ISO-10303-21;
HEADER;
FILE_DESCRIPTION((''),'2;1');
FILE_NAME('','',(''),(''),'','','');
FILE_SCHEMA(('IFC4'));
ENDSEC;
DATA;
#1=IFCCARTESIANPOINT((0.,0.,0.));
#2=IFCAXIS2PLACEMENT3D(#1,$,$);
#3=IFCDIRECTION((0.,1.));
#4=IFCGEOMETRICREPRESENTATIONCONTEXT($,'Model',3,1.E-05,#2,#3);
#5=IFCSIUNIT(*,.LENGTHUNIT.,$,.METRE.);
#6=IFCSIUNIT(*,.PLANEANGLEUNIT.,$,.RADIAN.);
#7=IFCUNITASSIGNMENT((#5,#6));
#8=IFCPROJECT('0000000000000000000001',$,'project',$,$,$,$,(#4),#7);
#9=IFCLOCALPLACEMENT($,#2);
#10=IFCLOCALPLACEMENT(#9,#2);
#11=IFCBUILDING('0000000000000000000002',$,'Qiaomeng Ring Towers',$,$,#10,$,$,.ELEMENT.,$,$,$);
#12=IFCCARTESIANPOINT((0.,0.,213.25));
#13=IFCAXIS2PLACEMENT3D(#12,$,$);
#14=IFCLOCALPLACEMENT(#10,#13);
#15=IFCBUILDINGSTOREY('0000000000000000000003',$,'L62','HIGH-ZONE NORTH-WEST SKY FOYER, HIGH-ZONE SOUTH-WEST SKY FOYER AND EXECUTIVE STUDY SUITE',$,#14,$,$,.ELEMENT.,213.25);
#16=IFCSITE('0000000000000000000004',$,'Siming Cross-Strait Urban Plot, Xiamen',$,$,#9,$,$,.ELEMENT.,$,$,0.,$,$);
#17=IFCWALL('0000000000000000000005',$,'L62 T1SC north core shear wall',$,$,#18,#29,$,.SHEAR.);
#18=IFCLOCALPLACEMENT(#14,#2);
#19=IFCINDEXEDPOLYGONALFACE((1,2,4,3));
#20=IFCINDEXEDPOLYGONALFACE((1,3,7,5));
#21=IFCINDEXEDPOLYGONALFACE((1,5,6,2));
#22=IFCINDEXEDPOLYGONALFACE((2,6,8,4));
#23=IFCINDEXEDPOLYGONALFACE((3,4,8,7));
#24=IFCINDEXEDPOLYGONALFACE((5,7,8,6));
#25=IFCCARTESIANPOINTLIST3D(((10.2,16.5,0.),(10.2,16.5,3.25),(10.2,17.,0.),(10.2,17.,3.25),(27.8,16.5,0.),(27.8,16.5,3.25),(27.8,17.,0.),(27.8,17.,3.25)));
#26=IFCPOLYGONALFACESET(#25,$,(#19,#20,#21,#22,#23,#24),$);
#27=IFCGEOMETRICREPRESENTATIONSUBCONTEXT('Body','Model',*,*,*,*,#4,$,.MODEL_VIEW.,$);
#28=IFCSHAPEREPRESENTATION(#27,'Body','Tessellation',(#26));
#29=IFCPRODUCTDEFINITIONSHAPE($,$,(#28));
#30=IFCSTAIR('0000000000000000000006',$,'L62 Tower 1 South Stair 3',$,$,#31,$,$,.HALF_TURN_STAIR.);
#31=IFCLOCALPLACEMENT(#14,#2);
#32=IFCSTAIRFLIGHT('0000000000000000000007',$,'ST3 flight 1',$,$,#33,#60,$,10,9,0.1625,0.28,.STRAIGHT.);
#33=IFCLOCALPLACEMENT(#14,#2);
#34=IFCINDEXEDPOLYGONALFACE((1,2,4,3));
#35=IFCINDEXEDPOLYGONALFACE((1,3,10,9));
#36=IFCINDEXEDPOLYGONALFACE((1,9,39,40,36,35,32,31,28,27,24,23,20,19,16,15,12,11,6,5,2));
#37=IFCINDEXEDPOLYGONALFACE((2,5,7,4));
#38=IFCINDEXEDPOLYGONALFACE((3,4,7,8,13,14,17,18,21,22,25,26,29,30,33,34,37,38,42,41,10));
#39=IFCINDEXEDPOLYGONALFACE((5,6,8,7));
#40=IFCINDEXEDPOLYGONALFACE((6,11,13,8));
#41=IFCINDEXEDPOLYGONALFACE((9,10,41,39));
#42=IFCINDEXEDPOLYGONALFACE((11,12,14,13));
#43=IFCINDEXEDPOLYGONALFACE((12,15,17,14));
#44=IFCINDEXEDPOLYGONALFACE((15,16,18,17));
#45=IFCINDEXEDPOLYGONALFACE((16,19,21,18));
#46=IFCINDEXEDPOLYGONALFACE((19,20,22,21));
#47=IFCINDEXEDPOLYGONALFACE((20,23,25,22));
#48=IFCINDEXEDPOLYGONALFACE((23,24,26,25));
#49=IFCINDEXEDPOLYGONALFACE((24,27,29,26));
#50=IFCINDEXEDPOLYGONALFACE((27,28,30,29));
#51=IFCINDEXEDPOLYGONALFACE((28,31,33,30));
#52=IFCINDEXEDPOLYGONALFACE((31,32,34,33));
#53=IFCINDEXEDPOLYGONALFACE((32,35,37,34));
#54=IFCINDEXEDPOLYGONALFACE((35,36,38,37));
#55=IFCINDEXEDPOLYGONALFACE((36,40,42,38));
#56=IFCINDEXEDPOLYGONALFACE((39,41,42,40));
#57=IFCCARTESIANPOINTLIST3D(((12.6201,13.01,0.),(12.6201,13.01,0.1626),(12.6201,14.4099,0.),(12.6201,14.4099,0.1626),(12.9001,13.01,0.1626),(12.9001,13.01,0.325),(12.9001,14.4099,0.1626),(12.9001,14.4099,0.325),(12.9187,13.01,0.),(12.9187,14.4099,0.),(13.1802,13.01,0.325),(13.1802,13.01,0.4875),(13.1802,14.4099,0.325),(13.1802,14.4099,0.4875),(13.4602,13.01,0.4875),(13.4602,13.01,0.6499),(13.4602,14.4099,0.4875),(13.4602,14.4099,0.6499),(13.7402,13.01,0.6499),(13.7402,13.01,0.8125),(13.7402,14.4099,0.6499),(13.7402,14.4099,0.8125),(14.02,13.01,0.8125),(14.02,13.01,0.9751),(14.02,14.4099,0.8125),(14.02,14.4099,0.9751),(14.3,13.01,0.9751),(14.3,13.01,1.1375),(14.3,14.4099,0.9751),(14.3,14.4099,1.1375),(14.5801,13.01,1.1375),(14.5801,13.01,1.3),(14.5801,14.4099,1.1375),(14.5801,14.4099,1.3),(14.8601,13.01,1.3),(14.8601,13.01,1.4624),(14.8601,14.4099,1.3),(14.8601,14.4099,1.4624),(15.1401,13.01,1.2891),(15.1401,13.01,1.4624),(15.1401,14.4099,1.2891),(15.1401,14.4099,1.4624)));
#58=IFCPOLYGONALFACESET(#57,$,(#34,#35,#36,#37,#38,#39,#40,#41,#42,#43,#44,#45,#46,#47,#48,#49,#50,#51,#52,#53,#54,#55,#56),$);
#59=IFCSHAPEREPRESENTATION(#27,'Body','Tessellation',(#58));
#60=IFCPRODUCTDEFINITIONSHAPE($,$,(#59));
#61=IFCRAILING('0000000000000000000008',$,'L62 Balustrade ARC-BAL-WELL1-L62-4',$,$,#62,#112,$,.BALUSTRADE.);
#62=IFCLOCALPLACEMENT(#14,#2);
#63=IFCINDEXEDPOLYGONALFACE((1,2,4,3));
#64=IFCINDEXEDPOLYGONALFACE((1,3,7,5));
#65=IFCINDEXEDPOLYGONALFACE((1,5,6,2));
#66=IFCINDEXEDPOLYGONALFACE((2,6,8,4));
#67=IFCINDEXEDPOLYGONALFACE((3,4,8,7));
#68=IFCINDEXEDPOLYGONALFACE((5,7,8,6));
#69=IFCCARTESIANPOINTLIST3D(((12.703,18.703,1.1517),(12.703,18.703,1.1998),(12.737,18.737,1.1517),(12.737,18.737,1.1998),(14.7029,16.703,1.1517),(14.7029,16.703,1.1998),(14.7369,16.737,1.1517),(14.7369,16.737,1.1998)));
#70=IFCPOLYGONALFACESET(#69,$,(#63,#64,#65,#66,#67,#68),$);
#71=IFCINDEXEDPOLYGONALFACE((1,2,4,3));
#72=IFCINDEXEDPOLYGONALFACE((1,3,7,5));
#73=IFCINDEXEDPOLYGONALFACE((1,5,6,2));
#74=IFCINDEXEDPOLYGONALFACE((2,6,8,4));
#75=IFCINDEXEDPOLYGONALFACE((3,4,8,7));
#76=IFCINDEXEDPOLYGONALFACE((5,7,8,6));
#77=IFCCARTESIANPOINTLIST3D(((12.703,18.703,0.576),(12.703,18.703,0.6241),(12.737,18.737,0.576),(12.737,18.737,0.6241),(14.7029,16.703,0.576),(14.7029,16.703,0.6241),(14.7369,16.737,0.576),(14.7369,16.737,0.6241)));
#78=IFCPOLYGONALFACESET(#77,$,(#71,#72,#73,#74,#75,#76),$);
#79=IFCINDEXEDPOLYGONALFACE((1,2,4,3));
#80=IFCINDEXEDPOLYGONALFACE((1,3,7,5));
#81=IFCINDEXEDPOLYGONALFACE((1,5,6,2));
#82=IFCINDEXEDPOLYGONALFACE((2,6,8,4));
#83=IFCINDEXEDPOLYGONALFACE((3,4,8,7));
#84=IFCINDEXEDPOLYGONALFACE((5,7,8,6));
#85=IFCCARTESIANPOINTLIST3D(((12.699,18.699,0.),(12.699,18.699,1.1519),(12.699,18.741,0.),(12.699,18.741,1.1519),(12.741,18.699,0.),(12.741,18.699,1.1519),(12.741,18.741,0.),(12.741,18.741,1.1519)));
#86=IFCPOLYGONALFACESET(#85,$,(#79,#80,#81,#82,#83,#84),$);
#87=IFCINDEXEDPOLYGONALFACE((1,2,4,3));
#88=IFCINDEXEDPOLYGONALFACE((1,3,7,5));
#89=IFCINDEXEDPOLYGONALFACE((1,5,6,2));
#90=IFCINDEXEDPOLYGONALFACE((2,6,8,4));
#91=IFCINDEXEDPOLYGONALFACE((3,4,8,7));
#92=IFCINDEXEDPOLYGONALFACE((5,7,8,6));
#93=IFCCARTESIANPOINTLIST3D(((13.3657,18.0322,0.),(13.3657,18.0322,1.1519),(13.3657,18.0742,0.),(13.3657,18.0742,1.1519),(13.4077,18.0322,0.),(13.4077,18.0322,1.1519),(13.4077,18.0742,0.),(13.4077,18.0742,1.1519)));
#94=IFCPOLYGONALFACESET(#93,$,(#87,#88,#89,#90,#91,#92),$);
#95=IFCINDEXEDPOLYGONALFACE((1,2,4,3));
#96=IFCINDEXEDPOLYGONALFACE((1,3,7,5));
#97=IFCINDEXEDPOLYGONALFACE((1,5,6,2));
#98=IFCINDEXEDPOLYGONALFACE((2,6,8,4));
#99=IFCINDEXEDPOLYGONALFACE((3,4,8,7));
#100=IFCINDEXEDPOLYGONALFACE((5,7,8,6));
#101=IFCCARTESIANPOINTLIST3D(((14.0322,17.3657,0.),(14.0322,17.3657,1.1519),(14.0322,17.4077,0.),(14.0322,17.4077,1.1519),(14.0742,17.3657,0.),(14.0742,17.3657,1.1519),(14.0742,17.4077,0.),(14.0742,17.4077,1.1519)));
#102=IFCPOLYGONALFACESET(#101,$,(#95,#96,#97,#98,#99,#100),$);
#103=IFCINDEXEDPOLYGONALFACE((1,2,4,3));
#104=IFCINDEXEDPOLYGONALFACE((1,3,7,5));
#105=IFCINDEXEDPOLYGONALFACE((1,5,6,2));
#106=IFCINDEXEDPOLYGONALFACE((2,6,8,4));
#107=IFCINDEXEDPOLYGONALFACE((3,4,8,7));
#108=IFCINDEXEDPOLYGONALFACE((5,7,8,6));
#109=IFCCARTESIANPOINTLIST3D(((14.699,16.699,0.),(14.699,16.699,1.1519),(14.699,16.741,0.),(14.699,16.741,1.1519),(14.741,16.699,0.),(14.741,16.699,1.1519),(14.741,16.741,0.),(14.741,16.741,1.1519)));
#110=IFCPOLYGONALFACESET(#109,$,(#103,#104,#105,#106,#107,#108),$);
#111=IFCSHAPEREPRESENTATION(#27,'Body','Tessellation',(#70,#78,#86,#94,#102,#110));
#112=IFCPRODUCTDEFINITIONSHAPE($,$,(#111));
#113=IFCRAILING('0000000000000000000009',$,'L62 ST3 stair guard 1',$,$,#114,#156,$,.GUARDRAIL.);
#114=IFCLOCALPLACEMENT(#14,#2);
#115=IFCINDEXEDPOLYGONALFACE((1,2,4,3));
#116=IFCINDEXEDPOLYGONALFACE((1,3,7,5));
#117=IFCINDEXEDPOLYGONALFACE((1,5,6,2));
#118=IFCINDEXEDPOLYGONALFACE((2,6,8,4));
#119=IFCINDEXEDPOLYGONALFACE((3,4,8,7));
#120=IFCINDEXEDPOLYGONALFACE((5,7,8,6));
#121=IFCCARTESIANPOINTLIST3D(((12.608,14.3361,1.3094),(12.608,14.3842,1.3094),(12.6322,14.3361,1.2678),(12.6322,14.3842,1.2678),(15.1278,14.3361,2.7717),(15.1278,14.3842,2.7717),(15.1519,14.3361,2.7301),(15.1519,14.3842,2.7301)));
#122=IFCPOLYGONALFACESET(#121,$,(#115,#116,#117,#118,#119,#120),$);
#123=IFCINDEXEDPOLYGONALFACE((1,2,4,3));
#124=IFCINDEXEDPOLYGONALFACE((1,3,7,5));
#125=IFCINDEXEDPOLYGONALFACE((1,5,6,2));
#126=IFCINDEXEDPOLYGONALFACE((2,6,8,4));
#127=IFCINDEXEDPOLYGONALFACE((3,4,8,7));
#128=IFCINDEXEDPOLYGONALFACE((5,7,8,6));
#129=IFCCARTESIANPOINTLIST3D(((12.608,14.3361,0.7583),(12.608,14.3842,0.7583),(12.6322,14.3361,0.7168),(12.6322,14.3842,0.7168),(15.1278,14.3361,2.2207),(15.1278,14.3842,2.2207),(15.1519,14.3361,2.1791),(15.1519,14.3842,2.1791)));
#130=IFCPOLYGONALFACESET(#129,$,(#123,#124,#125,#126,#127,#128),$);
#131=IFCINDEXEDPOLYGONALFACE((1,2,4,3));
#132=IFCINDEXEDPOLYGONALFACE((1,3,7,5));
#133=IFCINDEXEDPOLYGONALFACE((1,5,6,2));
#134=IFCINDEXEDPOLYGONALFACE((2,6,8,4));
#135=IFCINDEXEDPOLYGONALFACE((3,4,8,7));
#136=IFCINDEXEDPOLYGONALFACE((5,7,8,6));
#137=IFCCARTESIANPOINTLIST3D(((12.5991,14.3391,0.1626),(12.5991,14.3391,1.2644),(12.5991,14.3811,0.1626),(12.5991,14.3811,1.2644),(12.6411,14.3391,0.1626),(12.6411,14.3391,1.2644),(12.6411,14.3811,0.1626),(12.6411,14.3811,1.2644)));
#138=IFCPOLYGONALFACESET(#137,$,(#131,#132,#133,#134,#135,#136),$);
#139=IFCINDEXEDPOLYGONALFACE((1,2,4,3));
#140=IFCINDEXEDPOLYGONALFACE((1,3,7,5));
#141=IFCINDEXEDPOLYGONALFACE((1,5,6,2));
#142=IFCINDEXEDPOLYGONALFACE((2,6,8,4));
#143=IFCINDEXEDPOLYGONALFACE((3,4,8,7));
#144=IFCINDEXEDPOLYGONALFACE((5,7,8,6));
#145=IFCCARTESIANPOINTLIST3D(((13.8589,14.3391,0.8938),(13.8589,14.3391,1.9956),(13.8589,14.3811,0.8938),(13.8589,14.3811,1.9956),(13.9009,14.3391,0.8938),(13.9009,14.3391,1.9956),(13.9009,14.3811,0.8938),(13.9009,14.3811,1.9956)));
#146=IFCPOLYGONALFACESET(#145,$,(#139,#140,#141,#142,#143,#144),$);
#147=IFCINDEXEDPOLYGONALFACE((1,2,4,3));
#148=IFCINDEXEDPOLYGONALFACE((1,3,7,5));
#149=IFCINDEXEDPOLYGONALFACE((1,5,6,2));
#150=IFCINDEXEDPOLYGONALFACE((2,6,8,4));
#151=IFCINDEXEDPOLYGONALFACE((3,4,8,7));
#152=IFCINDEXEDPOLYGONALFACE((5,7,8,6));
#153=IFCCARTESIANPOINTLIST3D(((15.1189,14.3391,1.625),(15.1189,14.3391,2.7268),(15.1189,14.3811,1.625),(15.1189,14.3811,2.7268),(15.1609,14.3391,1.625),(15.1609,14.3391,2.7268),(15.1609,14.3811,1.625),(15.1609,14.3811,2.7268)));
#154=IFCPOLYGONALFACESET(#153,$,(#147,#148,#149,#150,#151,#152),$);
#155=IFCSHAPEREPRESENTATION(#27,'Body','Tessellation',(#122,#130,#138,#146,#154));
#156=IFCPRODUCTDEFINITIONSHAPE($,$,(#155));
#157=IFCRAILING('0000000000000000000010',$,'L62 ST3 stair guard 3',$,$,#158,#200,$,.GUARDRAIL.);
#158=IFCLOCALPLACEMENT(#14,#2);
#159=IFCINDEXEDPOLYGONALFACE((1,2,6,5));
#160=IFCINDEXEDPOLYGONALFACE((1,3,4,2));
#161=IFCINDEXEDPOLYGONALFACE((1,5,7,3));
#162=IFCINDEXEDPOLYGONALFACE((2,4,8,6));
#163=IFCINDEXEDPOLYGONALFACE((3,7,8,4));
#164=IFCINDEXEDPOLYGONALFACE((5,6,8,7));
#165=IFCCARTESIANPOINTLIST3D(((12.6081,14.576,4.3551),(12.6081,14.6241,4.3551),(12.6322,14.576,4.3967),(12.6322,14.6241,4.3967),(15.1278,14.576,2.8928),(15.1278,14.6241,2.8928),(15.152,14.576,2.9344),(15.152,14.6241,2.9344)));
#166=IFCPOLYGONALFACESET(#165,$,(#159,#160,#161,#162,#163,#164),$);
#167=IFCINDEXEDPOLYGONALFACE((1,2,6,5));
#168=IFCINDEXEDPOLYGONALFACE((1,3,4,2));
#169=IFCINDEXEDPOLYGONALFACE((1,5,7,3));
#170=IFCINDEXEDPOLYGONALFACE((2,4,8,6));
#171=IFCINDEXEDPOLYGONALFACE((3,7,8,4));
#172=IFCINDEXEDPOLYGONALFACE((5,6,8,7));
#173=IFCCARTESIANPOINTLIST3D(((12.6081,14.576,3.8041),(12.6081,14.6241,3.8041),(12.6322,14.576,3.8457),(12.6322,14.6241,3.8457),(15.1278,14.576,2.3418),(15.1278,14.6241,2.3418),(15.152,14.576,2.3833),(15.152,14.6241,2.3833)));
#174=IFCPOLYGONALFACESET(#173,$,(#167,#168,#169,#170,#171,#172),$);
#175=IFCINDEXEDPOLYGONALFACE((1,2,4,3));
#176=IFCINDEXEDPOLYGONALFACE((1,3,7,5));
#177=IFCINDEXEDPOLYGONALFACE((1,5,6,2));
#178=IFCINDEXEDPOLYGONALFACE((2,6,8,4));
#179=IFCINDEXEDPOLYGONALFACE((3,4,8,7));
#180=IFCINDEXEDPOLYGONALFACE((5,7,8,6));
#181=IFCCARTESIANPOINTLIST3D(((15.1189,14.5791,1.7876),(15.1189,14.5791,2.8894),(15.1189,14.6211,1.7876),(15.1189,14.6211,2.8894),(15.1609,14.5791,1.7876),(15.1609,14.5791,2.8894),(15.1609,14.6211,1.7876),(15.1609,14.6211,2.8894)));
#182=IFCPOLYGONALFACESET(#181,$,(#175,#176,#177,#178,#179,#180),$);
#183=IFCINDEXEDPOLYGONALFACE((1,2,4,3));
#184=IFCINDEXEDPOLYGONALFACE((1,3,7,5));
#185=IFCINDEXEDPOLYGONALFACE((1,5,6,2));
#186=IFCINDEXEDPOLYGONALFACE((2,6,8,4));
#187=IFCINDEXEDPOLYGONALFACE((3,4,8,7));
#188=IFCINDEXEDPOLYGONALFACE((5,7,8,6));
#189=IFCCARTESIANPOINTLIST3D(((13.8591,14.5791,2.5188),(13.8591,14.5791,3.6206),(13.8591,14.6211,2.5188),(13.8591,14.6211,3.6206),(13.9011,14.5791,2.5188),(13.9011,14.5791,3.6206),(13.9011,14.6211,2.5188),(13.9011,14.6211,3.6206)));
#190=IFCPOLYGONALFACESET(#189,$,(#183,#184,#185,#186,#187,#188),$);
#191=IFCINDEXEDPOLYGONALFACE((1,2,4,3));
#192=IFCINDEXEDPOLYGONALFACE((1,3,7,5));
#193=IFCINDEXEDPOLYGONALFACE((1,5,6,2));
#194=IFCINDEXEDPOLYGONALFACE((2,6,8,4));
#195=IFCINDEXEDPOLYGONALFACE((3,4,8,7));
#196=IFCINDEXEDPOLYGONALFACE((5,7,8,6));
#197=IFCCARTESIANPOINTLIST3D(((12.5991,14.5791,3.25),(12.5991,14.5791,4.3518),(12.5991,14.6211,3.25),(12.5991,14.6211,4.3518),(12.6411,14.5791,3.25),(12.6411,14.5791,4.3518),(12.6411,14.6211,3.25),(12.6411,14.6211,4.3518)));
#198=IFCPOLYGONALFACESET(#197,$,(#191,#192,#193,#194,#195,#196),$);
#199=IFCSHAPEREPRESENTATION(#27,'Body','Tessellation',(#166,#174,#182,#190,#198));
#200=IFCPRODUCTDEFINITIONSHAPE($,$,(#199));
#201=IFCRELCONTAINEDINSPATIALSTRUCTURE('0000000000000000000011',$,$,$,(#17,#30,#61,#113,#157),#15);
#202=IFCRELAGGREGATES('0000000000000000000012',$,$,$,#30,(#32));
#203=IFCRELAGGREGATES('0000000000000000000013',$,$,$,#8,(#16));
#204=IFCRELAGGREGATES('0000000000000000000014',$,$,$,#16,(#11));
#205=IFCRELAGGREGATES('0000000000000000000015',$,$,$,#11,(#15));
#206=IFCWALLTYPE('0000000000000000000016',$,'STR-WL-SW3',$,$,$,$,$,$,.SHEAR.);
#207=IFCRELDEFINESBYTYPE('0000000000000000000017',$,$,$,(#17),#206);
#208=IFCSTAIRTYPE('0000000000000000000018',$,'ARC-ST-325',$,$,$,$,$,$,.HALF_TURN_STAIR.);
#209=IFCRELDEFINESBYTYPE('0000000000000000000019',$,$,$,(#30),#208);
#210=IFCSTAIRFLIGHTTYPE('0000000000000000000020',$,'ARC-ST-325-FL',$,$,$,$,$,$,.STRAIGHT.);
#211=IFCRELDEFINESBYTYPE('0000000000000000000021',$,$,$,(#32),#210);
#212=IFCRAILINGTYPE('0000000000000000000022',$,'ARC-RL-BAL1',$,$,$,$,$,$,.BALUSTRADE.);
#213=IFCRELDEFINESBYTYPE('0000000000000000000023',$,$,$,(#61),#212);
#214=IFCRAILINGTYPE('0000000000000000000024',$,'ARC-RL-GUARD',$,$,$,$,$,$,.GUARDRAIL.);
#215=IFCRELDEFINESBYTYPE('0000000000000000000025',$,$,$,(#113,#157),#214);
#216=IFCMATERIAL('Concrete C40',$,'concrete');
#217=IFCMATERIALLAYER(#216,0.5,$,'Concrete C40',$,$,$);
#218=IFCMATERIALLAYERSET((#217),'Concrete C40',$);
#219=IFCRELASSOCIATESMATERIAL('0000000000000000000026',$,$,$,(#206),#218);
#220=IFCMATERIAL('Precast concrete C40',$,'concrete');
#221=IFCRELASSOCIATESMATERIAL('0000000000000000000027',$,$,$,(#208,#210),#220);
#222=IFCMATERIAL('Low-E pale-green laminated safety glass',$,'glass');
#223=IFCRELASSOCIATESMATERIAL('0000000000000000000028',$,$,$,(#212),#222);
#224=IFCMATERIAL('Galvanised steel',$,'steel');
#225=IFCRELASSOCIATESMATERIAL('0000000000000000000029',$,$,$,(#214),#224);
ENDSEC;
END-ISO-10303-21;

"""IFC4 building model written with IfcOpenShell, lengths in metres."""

from ifc_helpers import new_model, si_unit, direction, frame, frame_2d, origin, origin_2d, place, context, subcontext, project, spatial, polyline, rectangle, outline, extrude, source, transform, mapped, material, layer, layer_set, type_object, element, aggregate, save


model = new_model("IFC4")

# Units and contexts
model_context = context("Model", 3, precision=1e-05, world=origin(), true_north=direction((0.0, 1.0)))
body_context = subcontext(model_context, "Body", "Model", "MODEL_VIEW")
ifc_project = project(units=[si_unit("LENGTHUNIT", "METRE"), si_unit("PLANEANGLEUNIT", "RADIAN")], contexts=[model_context])

# Site, building, storey
site_placement = place(None, origin())
site = spatial("IfcSite", under=ifc_project, at=site_placement, Name="Siming Cross-Strait Urban Plot, Xiamen", CompositionType="ELEMENT", RefElevation=0.0)
building_placement = place(site_placement, origin())
building = spatial("IfcBuilding", under=site, at=building_placement, Name="Qiaomeng Ring Towers", CompositionType="ELEMENT")
storey_placement = place(building_placement, frame((0.0, 0.0, 213.25)))
storey = spatial("IfcBuildingStorey", under=building, at=storey_placement, Name="L62", Description="HIGH-ZONE NORTH-WEST SKY FOYER, HIGH-ZONE SOUTH-WEST SKY FOYER AND EXECUTIVE STUDY SUITE", CompositionType="ELEMENT", Elevation=213.25)

# Shared definitions
ifc_material_1 = material(Name="Concrete C40", Category="concrete")

# Shared definitions
ifc_material_2 = material(Name="Galvanised steel", Category="steel")

# Wall
ifc_layer_1 = layer(ifc_material_1, 0.5, Name="Concrete C40")
ifc_layer_set_1 = layer_set([ifc_layer_1], Name="Concrete C40")
wall_type_1 = type_object("IfcWallType", Name="STR-WL-SW3", PredefinedType="SHEAR", material=ifc_layer_set_1)
wall_1_placement = place(storey_placement, frame((10.2, 16.75, 0.0), z_axis=(0.0, 0.0, 1.0), x_axis=(1.0, 0.0, 0.0)))
element("IfcWall", 1, at=wall_1_placement, inside=storey, type_object=wall_type_1, Name="L62 T1SC north core shear wall", PredefinedType="SHEAR", context=body_context, shape_type="SweptSolid", body=[
    extrude(rectangle(XDim=17.6001, YDim=0.5, at=frame_2d((8.8, 0.0))), origin(), (0.0, 0.0, 1.0), 3.25),
])

# Stair, stair flight
ifc_material_3 = material(Name="Precast concrete C40", Category="concrete")
stair_type = type_object("IfcStairType", Name="ARC-ST-325", PredefinedType="HALF_TURN_STAIR", material=ifc_material_3)
stair_placement = place(storey_placement, origin())
stair = element("IfcStair", 2, at=stair_placement, inside=storey, type_object=stair_type, Name="L62 Tower 1 South Stair 3", PredefinedType="HALF_TURN_STAIR")
stair_flight_type = type_object("IfcStairFlightType", Name="ARC-ST-325-FL", PredefinedType="STRAIGHT", material=ifc_material_3)
shared_shape_1 = source(origin(), body_context, "Body", "SweptSolid", [
    extrude(outline(polyline([(0.0, 0.0), (0.0, 0.1626), (0.28, 0.1626), (0.28, 0.325), (0.5601, 0.325), (0.5601, 0.4875), (0.8401, 0.4875), (0.8401, 0.6499), (1.1201, 0.6499), (1.1201, 0.8125), (1.3999, 0.8125), (1.3999, 0.9751), (1.6799, 0.9751), (1.6799, 1.1375), (1.96, 1.1375), (1.96, 1.3), (2.24, 1.3), (2.24, 1.4624), (2.52, 1.4624), (2.52, 1.625), (2.52, 1.2891), (0.2986, 0.0), (0.0, 0.0)])), frame((0.0, 0.7, 0.0), z_axis=(0.0, -1.0, 0.0), x_axis=(1.0, 0.0, 0.0)), (0.0, 0.0, 1.0), 1.3999),
])
stair_flight_placement = place(storey_placement, frame((12.6201, 13.71, 0.0), z_axis=(0.0, 0.0, 1.0), x_axis=(1.0, 0.0, 0.0)))
stair_flight = element("IfcStairFlight", 3, at=stair_flight_placement, type_object=stair_flight_type, Name="ST3 flight 1", NumberOfRisers=10, NumberOfTreads=9, PredefinedType="STRAIGHT", RiserHeight=0.1625, TreadLength=0.28, context=body_context, shape_type="MappedRepresentation", body=[
    mapped(shared_shape_1, transform((0.0, 0.0, 0.0), x_axis=(1.0, 0.0, 0.0), y_axis=(0.0, 1.0, 0.0), z_axis=(0.0, 0.0, 1.0), scale=1.0)),
])
aggregate(stair, [stair_flight])

# Railings
ifc_material_4 = material(Name="Low-E pale-green laminated safety glass", Category="glass")
railing_type_1 = type_object("IfcRailingType", Name="ARC-RL-BAL1", PredefinedType="BALUSTRADE", material=ifc_material_4)
railing_1_placement = place(storey_placement, frame((12.72, 18.72, 0.0)))
element("IfcRailing", 4, at=railing_1_placement, inside=storey, type_object=railing_type_1, Name="L62 Balustrade ARC-BAL-WELL1-L62-4", PredefinedType="BALUSTRADE", context=body_context, shape_type="SweptSolid", body=[
    extrude(rectangle(XDim=0.0481, YDim=0.0481, at=origin_2d()), frame((0.0, 0.0, 1.1758), z_axis=(0.707107, -0.707107, 0.0), x_axis=(0.707107, 0.707107, 0.0)), (0.0, 0.0, 1.0), 2.8284),
    extrude(rectangle(XDim=0.0481, YDim=0.0481, at=origin_2d()), frame((0.0, 0.0, 0.6001), z_axis=(0.707107, -0.707107, 0.0), x_axis=(0.707107, 0.707107, 0.0)), (0.0, 0.0, 1.0), 2.8284),
    extrude(rectangle(XDim=0.042, YDim=0.042, at=origin_2d()), origin(), (0.0, 0.0, 1.0), 1.1519),
    extrude(rectangle(XDim=0.042, YDim=0.042, at=origin_2d()), frame((0.6667, -0.6667, 0.0)), (0.0, 0.0, 1.0), 1.1519),
    extrude(rectangle(XDim=0.042, YDim=0.042, at=origin_2d()), frame((1.3333, -1.3333, 0.0)), (0.0, 0.0, 1.0), 1.1519),
    extrude(rectangle(XDim=0.042, YDim=0.042, at=origin_2d()), frame((2.0, -2.0, 0.0)), (0.0, 0.0, 1.0), 1.1519),
])
railing_type_2 = type_object("IfcRailingType", Name="ARC-RL-GUARD", PredefinedType="GUARDRAIL", material=ifc_material_2)
railing_2_placement = place(storey_placement, frame((12.6201, 14.3601, 0.1626)))
element("IfcRailing", 5, at=railing_2_placement, inside=storey, type_object=railing_type_2, Name="L62 ST3 stair guard 1", PredefinedType="GUARDRAIL", context=body_context, shape_type="SweptSolid", body=[
    extrude(rectangle(XDim=0.0481, YDim=0.0481, at=origin_2d()), frame((0.0, 0.0, 1.126), z_axis=(0.864892, 0.0, 0.501958), x_axis=(0.0, 1.0, 0.0)), (0.0, 0.0, 1.0), 2.9133),
    extrude(rectangle(XDim=0.0481, YDim=0.0481, at=origin_2d()), frame((0.0, 0.0, 0.575), z_axis=(0.864892, 0.0, 0.501958), x_axis=(0.0, 1.0, 0.0)), (0.0, 0.0, 1.0), 2.9133),
    extrude(rectangle(XDim=0.042, YDim=0.042, at=origin_2d()), origin(), (0.0, 0.0, 1.0), 1.1018),
    extrude(rectangle(XDim=0.042, YDim=0.042, at=origin_2d()), frame((1.2598, 0.0, 0.7312)), (0.0, 0.0, 1.0), 1.1018),
    extrude(rectangle(XDim=0.042, YDim=0.042, at=origin_2d()), frame((2.5198, 0.0, 1.4624)), (0.0, 0.0, 1.0), 1.1018),
])
railing_3_placement = place(storey_placement, frame((15.1399, 14.6001, 1.7876)))
element("IfcRailing", 6, at=railing_3_placement, inside=storey, type_object=railing_type_2, Name="L62 ST3 stair guard 3", PredefinedType="GUARDRAIL", context=body_context, shape_type="SweptSolid", body=[
    extrude(rectangle(XDim=0.0481, YDim=0.0481, at=origin_2d()), frame((0.0, 0.0, 1.126), z_axis=(-0.864892, 0.0, 0.501958), x_axis=(0.0, -1.0, 0.0)), (0.0, 0.0, 1.0), 2.9133),
    extrude(rectangle(XDim=0.0481, YDim=0.0481, at=origin_2d()), frame((0.0, 0.0, 0.575), z_axis=(-0.864892, 0.0, 0.501958), x_axis=(0.0, -1.0, 0.0)), (0.0, 0.0, 1.0), 2.9133),
    extrude(rectangle(XDim=0.042, YDim=0.042, at=origin_2d()), origin(), (0.0, 0.0, 1.0), 1.1018),
    extrude(rectangle(XDim=0.042, YDim=0.042, at=origin_2d()), frame((-1.2598, 0.0, 0.7312)), (0.0, 0.0, 1.0), 1.1018),
    extrude(rectangle(XDim=0.042, YDim=0.042, at=origin_2d()), frame((-2.5198, 0.0, 1.4624)), (0.0, 0.0, 1.0), 1.1018),
])

save(model, "model.ifc")
